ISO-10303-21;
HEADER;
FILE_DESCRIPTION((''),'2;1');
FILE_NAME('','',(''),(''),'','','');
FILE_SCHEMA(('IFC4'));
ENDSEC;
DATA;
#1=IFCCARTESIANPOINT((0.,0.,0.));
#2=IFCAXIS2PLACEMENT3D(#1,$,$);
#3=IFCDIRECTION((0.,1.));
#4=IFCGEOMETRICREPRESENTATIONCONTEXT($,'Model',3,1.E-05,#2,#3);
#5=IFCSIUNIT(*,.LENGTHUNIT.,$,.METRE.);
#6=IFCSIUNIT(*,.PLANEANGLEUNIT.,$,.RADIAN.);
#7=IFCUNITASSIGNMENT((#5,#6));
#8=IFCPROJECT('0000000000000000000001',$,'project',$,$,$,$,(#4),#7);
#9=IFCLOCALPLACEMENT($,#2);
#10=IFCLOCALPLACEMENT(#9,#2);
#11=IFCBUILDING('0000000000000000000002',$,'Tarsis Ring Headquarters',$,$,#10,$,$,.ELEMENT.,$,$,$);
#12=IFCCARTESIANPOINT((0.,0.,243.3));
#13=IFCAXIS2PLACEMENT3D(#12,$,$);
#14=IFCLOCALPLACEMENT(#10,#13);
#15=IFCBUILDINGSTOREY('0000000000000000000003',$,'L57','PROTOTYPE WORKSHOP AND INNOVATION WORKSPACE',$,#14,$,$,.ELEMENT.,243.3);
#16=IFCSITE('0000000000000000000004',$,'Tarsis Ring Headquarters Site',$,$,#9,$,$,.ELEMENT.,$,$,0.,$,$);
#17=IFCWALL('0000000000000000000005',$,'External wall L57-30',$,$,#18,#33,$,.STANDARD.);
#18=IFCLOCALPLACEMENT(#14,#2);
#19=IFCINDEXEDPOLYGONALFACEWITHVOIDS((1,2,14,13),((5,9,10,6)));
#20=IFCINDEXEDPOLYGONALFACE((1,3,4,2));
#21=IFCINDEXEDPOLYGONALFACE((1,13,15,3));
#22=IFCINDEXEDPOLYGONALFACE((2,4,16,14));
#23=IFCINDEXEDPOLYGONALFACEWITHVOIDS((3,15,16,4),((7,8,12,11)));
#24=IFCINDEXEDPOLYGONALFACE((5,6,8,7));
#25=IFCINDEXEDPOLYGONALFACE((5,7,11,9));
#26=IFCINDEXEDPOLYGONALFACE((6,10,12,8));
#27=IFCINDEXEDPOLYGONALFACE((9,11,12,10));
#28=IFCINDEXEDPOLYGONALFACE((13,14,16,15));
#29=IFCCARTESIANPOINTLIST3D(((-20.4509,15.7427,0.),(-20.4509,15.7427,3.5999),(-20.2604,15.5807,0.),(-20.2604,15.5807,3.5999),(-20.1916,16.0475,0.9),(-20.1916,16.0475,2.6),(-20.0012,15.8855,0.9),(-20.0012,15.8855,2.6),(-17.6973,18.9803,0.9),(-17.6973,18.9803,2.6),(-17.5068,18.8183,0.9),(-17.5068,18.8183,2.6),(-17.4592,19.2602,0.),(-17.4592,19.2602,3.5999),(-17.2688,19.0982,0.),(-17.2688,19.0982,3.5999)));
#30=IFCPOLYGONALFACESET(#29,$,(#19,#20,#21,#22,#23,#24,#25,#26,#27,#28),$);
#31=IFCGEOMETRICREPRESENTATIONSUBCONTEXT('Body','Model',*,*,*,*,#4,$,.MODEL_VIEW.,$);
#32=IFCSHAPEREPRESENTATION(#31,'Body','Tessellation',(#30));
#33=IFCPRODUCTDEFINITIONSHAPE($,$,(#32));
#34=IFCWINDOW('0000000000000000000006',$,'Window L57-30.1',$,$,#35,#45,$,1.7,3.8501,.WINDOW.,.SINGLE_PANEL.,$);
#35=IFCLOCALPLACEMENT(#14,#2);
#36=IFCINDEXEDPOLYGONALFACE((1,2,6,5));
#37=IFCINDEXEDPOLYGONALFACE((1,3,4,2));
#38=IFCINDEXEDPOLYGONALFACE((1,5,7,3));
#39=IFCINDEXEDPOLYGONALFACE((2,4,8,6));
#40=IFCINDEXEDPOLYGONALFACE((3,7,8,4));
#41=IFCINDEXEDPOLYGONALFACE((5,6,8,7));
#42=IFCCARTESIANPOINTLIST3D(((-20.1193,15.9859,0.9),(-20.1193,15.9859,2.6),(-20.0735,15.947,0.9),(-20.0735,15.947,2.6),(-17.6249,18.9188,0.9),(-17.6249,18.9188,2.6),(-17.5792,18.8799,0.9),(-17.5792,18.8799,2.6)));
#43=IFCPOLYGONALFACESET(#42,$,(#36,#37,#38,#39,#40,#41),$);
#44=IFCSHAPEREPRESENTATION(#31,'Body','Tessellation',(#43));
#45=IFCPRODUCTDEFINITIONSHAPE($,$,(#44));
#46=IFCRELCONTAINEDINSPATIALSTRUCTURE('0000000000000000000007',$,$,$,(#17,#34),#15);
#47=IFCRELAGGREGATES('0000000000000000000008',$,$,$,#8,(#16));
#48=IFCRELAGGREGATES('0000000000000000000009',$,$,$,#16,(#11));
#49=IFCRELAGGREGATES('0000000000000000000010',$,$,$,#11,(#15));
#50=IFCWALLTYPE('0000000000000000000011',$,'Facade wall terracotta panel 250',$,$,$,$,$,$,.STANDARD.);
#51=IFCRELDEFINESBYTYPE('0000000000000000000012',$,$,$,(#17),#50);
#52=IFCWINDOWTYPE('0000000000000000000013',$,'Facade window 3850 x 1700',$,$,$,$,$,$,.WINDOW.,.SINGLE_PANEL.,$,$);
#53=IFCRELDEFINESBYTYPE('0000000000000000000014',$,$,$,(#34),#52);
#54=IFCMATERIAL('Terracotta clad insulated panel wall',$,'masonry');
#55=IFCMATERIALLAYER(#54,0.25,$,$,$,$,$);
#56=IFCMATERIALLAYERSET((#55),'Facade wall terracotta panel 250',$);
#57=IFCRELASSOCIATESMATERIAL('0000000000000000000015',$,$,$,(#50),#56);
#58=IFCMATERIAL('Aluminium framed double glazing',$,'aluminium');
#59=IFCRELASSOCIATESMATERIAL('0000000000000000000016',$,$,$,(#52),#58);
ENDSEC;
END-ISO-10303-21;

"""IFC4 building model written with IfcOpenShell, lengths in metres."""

from ifc_helpers import new_model, si_unit, direction, frame, frame_2d, origin, place, context, subcontext, project, spatial, rectangle, extrude, material, layer, layer_set, type_object, element, fill, save


model = new_model("IFC4")

# Units and contexts
model_context = context("Model", 3, precision=1e-05, world=origin(), true_north=direction((0.0, 1.0)))
body_context = subcontext(model_context, "Body", "Model", "MODEL_VIEW")
ifc_project = project(units=[si_unit("LENGTHUNIT", "METRE"), si_unit("PLANEANGLEUNIT", "RADIAN")], contexts=[model_context])

# Site, building, storey
site_placement = place(None, origin())
site = spatial("IfcSite", under=ifc_project, at=site_placement, Name="Tarsis Ring Headquarters Site", CompositionType="ELEMENT", RefElevation=0.0)
building_placement = place(site_placement, origin())
building = spatial("IfcBuilding", under=site, at=building_placement, Name="Tarsis Ring Headquarters", CompositionType="ELEMENT")
storey_placement = place(building_placement, frame((0.0, 0.0, 243.3)))
storey = spatial("IfcBuildingStorey", under=building, at=storey_placement, Name="L57", Description="PROTOTYPE WORKSHOP AND INNOVATION WORKSPACE", CompositionType="ELEMENT", Elevation=243.3)

# Wall, opening, window
ifc_material_1 = material(Name="Terracotta clad insulated panel wall", Category="masonry")
ifc_layer_1 = layer(ifc_material_1, 0.25)
ifc_layer_set_1 = layer_set([ifc_layer_1], Name="Facade wall terracotta panel 250")
wall_type_1 = type_object("IfcWallType", Name="Facade wall terracotta panel 250", PredefinedType="STANDARD", material=ifc_layer_set_1)
ifc_material_2 = material(Name="Aluminium framed double glazing", Category="aluminium")
wall_1_placement = place(storey_placement, frame((-17.364, 19.1792, 0.0), z_axis=(0.0, 0.0, 1.0), x_axis=(-0.647869, -0.761751, 0.0)))
wall_1 = element("IfcWall", 1, at=wall_1_placement, inside=storey, type_object=wall_type_1, Name="External wall L57-30", PredefinedType="STANDARD", context=body_context, shape_type="SweptSolid", body=[
    extrude(rectangle(XDim=4.6177, YDim=0.25, at=frame_2d((2.3088, 0.0))), origin(), (0.0, 0.0, 1.0), 3.5999),
])
opening_1_placement = place(wall_1_placement, frame((0.3674, 0.0, 0.8999)))
opening_1 = element("IfcOpeningElement", 2, at=opening_1_placement, cuts=wall_1, PredefinedType="OPENING", context=body_context, shape_type="SweptSolid", body=[
    extrude(rectangle(XDim=3.8501, YDim=1.7, at=frame_2d((1.925, 0.8501))), frame((0.0, 0.135, 0.0), z_axis=(0.0, -1.0, 0.0), x_axis=(1.0, 0.0, 0.0)), (0.0, 0.0, 1.0), 0.27),
])
window_type_1 = type_object("IfcWindowType", Name="Facade window 3850 x 1700", PartitioningType="SINGLE_PANEL", PredefinedType="WINDOW", material=ifc_material_2)
window_1_placement = place(opening_1_placement, origin())
window_1 = element("IfcWindow", 3, at=window_1_placement, inside=storey, type_object=window_type_1, Name="Window L57-30.1", OverallHeight=1.7, OverallWidth=3.8501, PartitioningType="SINGLE_PANEL", PredefinedType="WINDOW", context=body_context, shape_type="SweptSolid", body=[
    extrude(rectangle(XDim=3.8501, YDim=1.7, at=frame_2d((1.925, 0.8501))), frame((0.0, 0.03, 0.0), z_axis=(0.0, -1.0, 0.0), x_axis=(1.0, 0.0, 0.0)), (0.0, 0.0, 1.0), 0.0601),
])
fill(opening_1, window_1)

save(model, "model.ifc")
